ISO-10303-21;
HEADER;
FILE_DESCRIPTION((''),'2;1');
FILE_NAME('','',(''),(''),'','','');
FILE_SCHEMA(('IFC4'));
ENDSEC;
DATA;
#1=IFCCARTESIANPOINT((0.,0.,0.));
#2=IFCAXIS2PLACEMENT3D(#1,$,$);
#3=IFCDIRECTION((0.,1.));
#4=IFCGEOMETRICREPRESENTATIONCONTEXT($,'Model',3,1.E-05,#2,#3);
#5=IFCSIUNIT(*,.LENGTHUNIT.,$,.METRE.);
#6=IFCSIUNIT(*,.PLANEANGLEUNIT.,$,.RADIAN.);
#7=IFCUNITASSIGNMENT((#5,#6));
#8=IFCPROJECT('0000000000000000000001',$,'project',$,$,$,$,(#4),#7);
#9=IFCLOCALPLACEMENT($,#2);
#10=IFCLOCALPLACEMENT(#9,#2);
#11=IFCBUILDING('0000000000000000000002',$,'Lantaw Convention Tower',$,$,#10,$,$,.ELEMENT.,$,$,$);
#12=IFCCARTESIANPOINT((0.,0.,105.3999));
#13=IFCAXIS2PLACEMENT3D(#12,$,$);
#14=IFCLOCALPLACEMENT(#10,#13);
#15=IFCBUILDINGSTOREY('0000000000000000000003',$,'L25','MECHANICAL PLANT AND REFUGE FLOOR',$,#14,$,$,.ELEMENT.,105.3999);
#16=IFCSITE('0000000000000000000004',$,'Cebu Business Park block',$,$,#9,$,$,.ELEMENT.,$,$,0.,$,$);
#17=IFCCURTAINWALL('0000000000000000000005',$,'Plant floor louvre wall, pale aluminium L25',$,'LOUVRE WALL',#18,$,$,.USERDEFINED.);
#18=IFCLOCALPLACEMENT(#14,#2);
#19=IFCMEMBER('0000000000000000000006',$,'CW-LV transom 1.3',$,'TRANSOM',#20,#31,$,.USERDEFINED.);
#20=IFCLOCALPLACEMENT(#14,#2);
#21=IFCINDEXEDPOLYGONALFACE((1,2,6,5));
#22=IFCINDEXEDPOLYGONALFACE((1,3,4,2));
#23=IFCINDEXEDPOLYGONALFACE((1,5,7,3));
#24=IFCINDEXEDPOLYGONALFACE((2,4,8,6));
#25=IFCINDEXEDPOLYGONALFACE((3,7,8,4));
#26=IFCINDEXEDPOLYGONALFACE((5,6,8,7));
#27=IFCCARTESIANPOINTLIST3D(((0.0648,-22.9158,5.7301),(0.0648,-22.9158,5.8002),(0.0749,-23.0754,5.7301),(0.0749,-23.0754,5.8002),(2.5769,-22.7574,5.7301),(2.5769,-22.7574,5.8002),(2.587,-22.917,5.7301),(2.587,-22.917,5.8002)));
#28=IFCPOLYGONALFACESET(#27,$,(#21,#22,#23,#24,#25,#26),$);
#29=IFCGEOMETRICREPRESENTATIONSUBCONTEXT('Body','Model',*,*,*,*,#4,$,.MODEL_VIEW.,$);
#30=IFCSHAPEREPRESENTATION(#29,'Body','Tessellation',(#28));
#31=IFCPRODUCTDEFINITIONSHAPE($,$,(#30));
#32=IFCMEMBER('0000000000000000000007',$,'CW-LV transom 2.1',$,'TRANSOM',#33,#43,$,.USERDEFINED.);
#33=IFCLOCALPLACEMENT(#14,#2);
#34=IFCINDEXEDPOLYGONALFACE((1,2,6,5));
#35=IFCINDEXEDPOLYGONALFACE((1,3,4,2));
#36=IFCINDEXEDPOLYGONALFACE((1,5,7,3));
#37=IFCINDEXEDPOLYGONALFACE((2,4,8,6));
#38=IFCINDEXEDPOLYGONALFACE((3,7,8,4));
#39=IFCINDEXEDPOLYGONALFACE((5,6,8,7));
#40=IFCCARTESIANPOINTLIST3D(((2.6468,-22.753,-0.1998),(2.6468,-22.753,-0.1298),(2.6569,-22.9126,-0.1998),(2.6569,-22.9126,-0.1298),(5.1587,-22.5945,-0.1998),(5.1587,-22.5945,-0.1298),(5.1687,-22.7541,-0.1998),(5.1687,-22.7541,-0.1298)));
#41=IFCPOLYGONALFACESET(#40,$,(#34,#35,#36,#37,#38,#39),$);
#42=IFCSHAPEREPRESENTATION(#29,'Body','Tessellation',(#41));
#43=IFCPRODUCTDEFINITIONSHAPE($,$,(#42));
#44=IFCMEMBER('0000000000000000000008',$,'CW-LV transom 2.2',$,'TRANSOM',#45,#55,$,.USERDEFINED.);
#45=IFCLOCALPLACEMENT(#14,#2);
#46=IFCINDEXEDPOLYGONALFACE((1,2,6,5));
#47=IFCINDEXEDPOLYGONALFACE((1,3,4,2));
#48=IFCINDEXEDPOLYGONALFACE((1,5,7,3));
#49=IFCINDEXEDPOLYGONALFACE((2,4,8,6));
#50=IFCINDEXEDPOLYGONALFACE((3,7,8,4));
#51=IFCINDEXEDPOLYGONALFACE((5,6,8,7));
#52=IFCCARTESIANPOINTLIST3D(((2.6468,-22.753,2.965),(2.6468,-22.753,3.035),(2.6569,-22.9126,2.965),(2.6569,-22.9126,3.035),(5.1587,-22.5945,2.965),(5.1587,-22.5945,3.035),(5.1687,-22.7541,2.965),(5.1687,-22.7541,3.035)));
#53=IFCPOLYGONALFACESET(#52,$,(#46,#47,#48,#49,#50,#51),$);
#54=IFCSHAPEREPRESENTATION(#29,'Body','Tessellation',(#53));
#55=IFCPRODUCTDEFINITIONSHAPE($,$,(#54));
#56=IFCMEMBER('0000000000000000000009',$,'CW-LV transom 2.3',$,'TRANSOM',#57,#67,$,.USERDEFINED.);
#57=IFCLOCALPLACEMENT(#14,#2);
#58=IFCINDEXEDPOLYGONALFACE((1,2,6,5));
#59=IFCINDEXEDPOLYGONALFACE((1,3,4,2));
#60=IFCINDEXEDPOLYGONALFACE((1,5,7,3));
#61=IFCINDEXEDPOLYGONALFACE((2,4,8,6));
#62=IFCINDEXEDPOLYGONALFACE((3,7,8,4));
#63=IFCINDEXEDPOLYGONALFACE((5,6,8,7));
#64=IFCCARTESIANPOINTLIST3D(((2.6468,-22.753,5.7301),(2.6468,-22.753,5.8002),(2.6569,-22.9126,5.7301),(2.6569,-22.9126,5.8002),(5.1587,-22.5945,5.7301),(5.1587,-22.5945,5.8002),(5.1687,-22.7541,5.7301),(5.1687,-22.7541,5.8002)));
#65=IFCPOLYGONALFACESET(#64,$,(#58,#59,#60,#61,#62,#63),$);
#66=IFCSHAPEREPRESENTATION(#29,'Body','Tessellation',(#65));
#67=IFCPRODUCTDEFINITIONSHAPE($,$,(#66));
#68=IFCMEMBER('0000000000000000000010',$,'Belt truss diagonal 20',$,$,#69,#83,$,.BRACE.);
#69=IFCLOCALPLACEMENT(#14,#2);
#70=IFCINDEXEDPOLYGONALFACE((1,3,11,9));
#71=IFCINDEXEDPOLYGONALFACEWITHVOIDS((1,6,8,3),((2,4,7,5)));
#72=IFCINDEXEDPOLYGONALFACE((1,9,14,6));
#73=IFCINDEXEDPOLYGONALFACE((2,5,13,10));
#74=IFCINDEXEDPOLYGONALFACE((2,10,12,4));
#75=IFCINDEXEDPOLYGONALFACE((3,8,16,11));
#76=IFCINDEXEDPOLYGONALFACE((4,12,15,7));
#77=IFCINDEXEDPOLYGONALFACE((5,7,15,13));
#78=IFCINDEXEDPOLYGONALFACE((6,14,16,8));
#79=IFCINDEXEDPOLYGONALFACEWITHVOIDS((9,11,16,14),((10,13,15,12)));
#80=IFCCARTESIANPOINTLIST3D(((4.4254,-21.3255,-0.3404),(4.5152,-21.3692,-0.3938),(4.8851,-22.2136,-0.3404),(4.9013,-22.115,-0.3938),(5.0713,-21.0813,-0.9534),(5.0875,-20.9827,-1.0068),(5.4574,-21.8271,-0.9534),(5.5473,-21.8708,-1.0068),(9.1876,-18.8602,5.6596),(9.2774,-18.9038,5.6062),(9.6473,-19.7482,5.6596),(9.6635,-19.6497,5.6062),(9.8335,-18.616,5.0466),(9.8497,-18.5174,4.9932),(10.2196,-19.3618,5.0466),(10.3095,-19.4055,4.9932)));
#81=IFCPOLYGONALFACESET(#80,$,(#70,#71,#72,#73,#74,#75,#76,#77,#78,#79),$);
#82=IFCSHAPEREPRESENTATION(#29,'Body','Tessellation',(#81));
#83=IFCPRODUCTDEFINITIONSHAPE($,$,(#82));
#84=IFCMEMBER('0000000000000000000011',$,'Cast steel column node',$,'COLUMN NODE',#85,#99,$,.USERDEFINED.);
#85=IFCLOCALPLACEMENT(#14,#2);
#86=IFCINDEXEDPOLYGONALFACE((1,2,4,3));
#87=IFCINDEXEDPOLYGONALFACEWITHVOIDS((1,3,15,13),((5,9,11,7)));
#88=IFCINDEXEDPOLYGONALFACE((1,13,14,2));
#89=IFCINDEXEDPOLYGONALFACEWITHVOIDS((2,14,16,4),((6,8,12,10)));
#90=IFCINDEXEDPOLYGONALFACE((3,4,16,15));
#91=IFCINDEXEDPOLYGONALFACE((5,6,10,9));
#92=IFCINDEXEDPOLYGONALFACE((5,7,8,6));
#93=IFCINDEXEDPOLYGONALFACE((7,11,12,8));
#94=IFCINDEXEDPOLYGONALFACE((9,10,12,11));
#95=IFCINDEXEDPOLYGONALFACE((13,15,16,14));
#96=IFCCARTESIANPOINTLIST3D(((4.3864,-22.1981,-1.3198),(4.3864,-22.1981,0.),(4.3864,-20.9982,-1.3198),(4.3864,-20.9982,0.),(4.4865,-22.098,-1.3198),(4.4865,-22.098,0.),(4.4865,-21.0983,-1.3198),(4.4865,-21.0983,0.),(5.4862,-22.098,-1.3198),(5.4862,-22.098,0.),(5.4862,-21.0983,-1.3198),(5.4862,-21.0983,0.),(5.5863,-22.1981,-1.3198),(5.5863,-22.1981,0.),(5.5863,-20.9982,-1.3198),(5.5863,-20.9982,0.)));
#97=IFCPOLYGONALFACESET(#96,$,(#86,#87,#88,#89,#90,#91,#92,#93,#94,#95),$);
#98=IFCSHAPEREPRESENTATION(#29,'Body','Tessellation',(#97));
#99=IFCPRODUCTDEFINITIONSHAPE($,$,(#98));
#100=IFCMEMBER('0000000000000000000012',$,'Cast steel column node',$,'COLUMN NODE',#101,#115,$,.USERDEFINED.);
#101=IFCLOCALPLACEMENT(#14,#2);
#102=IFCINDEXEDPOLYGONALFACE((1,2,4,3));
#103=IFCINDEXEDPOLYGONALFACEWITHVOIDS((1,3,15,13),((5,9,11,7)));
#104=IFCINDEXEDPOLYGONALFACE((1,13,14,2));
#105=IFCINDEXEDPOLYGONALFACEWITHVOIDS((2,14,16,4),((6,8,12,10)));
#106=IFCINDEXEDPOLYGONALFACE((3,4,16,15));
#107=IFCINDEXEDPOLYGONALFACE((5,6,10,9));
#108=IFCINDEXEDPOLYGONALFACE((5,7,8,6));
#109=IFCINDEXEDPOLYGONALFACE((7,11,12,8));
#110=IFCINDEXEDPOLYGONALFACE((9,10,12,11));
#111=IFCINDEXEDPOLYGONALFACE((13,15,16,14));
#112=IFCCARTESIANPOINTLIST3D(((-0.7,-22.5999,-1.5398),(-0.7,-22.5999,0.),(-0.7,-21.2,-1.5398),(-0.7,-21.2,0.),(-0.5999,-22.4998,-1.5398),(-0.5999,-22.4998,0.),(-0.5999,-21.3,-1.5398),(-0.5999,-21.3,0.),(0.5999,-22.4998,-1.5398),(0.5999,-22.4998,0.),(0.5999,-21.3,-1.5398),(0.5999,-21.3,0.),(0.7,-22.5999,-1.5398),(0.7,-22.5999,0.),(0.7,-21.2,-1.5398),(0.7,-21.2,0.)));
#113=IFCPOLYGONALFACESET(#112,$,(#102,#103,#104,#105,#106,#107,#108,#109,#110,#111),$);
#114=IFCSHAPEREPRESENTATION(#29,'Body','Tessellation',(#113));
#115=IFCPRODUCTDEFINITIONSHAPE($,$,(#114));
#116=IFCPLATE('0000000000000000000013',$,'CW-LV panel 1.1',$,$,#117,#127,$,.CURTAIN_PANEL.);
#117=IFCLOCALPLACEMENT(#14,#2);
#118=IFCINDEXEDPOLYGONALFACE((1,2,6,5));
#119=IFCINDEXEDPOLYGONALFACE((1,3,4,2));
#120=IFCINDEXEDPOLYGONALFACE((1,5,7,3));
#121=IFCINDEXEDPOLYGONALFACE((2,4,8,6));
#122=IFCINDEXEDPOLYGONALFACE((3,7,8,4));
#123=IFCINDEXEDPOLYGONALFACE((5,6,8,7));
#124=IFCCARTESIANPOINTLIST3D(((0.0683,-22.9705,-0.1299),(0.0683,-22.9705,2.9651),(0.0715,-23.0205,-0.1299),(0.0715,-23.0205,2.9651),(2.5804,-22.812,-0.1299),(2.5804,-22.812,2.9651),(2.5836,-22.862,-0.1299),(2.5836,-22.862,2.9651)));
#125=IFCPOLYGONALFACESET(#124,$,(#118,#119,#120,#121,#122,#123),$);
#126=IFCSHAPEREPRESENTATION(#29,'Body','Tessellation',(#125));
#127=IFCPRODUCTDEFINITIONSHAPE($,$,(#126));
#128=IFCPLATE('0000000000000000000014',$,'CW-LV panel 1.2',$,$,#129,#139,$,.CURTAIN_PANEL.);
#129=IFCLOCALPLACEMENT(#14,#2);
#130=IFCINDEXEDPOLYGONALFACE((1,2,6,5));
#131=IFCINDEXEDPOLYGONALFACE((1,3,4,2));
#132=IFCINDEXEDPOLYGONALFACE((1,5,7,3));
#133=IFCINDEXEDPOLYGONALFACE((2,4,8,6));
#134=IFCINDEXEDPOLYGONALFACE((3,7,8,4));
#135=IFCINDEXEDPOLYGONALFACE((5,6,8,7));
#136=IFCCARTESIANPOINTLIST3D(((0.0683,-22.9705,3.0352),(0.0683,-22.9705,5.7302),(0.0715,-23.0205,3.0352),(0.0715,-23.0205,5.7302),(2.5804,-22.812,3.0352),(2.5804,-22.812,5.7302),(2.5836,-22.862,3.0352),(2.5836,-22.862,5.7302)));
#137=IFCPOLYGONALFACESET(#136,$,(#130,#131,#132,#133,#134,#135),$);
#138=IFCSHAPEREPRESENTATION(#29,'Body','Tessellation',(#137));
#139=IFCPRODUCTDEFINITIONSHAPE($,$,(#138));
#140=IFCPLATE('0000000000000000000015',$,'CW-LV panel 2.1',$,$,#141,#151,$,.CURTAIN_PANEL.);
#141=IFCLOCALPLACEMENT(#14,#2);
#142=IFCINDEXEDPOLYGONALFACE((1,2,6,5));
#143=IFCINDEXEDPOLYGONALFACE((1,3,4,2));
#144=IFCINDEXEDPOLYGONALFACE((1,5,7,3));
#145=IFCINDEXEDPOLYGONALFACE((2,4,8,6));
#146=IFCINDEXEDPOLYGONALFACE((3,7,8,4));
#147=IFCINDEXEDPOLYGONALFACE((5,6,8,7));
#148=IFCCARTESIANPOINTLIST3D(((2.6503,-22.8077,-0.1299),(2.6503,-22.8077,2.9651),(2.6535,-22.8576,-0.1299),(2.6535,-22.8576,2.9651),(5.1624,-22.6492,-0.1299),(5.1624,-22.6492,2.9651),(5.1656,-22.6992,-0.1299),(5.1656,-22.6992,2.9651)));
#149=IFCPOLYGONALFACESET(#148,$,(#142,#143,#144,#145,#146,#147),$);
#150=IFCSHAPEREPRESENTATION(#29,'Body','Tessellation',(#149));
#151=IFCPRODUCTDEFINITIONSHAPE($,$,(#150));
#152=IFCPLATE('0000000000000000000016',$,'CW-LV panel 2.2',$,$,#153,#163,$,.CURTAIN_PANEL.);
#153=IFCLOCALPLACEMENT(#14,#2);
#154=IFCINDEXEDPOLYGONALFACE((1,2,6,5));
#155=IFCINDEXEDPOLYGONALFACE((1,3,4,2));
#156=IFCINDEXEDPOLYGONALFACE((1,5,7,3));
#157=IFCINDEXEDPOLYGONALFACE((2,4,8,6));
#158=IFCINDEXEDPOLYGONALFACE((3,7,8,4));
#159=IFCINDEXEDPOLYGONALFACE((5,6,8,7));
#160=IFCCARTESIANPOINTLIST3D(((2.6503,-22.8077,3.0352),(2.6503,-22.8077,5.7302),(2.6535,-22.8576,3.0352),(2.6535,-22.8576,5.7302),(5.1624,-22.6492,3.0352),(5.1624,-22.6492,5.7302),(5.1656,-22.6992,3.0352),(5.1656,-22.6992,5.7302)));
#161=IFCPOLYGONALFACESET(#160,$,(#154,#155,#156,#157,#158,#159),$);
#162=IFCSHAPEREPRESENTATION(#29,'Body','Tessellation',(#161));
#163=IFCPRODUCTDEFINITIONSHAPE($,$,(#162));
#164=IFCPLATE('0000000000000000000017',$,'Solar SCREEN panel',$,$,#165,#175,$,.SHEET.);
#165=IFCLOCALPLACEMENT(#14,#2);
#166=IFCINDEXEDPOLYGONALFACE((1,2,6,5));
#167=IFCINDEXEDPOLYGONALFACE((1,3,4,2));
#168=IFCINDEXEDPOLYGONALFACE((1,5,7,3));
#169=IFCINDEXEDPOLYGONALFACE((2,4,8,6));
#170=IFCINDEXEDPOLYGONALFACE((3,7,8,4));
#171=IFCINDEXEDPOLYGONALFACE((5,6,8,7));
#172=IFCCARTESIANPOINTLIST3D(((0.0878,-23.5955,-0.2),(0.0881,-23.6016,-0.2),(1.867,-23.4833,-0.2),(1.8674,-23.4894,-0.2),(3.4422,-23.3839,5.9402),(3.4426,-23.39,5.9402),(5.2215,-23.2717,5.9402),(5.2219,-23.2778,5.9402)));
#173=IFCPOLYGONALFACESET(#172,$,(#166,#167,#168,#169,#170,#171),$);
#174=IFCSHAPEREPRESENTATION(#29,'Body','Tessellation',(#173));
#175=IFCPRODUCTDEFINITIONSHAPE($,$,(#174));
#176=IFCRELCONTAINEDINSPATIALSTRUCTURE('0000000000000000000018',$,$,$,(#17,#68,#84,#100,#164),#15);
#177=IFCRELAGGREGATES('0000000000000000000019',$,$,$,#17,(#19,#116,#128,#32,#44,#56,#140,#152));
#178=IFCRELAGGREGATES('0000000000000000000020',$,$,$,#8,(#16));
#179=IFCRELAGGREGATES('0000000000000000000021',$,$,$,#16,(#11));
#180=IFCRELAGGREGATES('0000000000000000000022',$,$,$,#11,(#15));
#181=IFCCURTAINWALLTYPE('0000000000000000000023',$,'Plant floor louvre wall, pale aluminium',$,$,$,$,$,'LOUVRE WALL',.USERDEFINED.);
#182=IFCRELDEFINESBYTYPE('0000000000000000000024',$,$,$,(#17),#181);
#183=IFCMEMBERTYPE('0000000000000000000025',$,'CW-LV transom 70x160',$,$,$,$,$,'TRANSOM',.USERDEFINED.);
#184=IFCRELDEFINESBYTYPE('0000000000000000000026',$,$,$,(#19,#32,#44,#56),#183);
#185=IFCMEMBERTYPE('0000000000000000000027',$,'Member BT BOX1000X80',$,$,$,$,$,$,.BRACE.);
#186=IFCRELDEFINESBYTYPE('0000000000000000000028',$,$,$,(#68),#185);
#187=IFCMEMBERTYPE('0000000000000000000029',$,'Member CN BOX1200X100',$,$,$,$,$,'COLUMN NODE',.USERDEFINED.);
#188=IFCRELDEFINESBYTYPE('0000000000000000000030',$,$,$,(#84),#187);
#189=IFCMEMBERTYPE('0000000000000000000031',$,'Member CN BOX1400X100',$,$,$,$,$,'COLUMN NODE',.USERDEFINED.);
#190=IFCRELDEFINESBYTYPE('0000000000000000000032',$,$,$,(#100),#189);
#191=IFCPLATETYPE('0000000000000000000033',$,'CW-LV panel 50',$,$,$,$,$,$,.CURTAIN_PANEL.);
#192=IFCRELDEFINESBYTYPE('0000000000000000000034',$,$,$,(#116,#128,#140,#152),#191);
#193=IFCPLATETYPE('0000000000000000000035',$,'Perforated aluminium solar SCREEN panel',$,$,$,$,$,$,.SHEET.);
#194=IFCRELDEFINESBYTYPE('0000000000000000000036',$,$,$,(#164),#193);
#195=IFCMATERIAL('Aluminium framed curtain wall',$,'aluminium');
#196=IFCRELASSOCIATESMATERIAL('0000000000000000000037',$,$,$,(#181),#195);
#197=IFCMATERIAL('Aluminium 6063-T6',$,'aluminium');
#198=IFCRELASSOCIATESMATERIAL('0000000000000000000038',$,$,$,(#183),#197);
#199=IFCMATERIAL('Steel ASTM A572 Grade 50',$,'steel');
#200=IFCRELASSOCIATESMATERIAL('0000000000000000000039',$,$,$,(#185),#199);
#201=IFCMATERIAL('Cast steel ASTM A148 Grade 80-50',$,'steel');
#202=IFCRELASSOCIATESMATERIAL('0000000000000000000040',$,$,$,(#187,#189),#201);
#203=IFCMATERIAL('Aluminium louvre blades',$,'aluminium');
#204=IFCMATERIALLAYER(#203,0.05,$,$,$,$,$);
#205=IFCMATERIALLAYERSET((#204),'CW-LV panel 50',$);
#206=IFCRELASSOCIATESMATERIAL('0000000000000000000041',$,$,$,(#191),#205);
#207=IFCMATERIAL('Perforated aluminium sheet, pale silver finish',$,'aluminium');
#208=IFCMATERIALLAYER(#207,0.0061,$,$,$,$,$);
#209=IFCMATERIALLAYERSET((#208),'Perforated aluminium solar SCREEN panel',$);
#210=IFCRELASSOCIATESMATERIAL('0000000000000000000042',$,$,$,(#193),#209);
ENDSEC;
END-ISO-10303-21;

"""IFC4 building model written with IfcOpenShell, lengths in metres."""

from ifc_helpers import new_model, si_unit, direction, frame, origin, origin_2d, place, context, subcontext, project, spatial, polyline, rectangle, hollow_rectangle, outline, extrude, material, layer, layer_set, material_profile, profile_set, type_object, element, aggregate, save


model = new_model("IFC4")

# Units and contexts
model_context = context("Model", 3, precision=1e-05, world=origin(), true_north=direction((0.0, 1.0)))
body_context = subcontext(model_context, "Body", "Model", "MODEL_VIEW")
ifc_project = project(units=[si_unit("LENGTHUNIT", "METRE"), si_unit("PLANEANGLEUNIT", "RADIAN")], contexts=[model_context])

# Site, building, storey
site_placement = place(None, origin())
site = spatial("IfcSite", under=ifc_project, at=site_placement, Name="Cebu Business Park block", CompositionType="ELEMENT", RefElevation=0.0)
building_placement = place(site_placement, origin())
building = spatial("IfcBuilding", under=site, at=building_placement, Name="Lantaw Convention Tower", CompositionType="ELEMENT")
storey_placement = place(building_placement, frame((0.0, 0.0, 105.3999)))
storey = spatial("IfcBuildingStorey", under=building, at=storey_placement, Name="L25", Description="MECHANICAL PLANT AND REFUGE FLOOR", CompositionType="ELEMENT", Elevation=105.3999)

# Curtain wall, members
ifc_material_1 = material(Name="Aluminium framed curtain wall", Category="aluminium")
curtain_wall_type = type_object("IfcCurtainWallType", Name="Plant floor louvre wall, pale aluminium", ElementType="LOUVRE WALL", PredefinedType="USERDEFINED", material=ifc_material_1)
curtain_wall_placement = place(storey_placement, origin())
curtain_wall = element("IfcCurtainWall", 1, at=curtain_wall_placement, inside=storey, type_object=curtain_wall_type, Name="Plant floor louvre wall, pale aluminium L25", ObjectType="LOUVRE WALL", PredefinedType="USERDEFINED")
ifc_material_2 = material(Name="Aluminium 6063-T6", Category="aluminium")
ifc_material_profile_1 = material_profile(ifc_material_2, rectangle(XDim=0.1599, YDim=0.0701, at=origin_2d()), Name="CW-LV transom 70x160")
ifc_profile_set_1 = profile_set([ifc_material_profile_1], Name="Aluminium 6063-T6")
member_type_1 = type_object("IfcMemberType", Name="CW-LV transom 70x160", ElementType="TRANSOM", PredefinedType="USERDEFINED", material=ifc_profile_set_1)
member_1_placement = place(storey_placement, frame((0.0698, -22.9956, 5.7651), z_axis=(0.998017, 0.062946, 0.0), x_axis=(-0.062946, 0.998017, 0.0)))
member_1 = element("IfcMember", 2, at=member_1_placement, type_object=member_type_1, Name="CW-LV transom 1.3", ObjectType="TRANSOM", PredefinedType="USERDEFINED", context=body_context, shape_type="SweptSolid", body=[
    extrude(rectangle(XDim=0.1599, YDim=0.0701, at=origin_2d()), origin(), (0.0, 0.0, 1.0), 2.5171),
])
member_2_placement = place(storey_placement, frame((2.6519, -22.8328, -0.1648), z_axis=(0.998017, 0.062952, 0.0), x_axis=(-0.062952, 0.998017, 0.0)))
member_2 = element("IfcMember", 3, at=member_2_placement, type_object=member_type_1, Name="CW-LV transom 2.1", ObjectType="TRANSOM", PredefinedType="USERDEFINED", context=body_context, shape_type="SweptSolid", body=[
    extrude(rectangle(XDim=0.1599, YDim=0.0701, at=origin_2d()), origin(), (0.0, 0.0, 1.0), 2.5168),
])
member_3_placement = place(storey_placement, frame((2.6519, -22.8328, 3.0), z_axis=(0.998017, 0.062952, 0.0), x_axis=(-0.062952, 0.998017, 0.0)))
member_3 = element("IfcMember", 4, at=member_3_placement, type_object=member_type_1, Name="CW-LV transom 2.2", ObjectType="TRANSOM", PredefinedType="USERDEFINED", context=body_context, shape_type="SweptSolid", body=[
    extrude(rectangle(XDim=0.1599, YDim=0.0701, at=origin_2d()), origin(), (0.0, 0.0, 1.0), 2.5168),
])
member_4_placement = place(storey_placement, frame((2.6519, -22.8328, 5.7651), z_axis=(0.998017, 0.062952, 0.0), x_axis=(-0.062952, 0.998017, 0.0)))
member_4 = element("IfcMember", 5, at=member_4_placement, type_object=member_type_1, Name="CW-LV transom 2.3", ObjectType="TRANSOM", PredefinedType="USERDEFINED", context=body_context, shape_type="SweptSolid", body=[
    extrude(rectangle(XDim=0.1599, YDim=0.0701, at=origin_2d()), origin(), (0.0, 0.0, 1.0), 2.5168),
])

# Members
ifc_material_3 = material(Name="Steel ASTM A572 Grade 50", Category="steel")
ifc_material_profile_2 = material_profile(ifc_material_3, hollow_rectangle(XDim=1.0, YDim=1.0, WallThickness=0.0801, at=origin_2d()), Name="BOX1000X80")
ifc_profile_set_2 = profile_set([ifc_material_profile_2], Name="Steel ASTM A572 Grade 50")
member_type_2 = type_object("IfcMemberType", Name="Member BT BOX1000X80", PredefinedType="BRACE", material=ifc_profile_set_2)
member_5_placement = place(storey_placement, frame((4.9863, -21.5981, -0.6736), z_axis=(0.591789, 0.306361, 0.745606), x_axis=(-0.459735, 0.888056, 0.0)))
element("IfcMember", 6, at=member_5_placement, inside=storey, type_object=member_type_2, Name="Belt truss diagonal 20", PredefinedType="BRACE", context=body_context, shape_type="SweptSolid", body=[
    extrude(hollow_rectangle(XDim=1.0, YDim=1.0, WallThickness=0.0801, at=origin_2d()), origin(), (0.0, 0.0, 1.0), 8.0471),
])
ifc_material_4 = material(Name="Cast steel ASTM A148 Grade 80-50", Category="steel")
ifc_material_profile_3 = material_profile(ifc_material_4, hollow_rectangle(XDim=1.2, YDim=1.2, WallThickness=0.1001, at=origin_2d()), Name="BOX1200X100")
ifc_profile_set_3 = profile_set([ifc_material_profile_3], Name="Cast steel ASTM A148 Grade 80-50")
member_type_3 = type_object("IfcMemberType", Name="Member CN BOX1200X100", ElementType="COLUMN NODE", PredefinedType="USERDEFINED", material=ifc_profile_set_3)
member_6_placement = place(storey_placement, frame((4.9863, -21.5981, -1.3198), z_axis=(0.0, 0.0, 1.0), x_axis=(1.0, 0.0, 0.0)))
element("IfcMember", 7, at=member_6_placement, inside=storey, type_object=member_type_3, Name="Cast steel column node", ObjectType="COLUMN NODE", PredefinedType="USERDEFINED", context=body_context, shape_type="SweptSolid", body=[
    extrude(hollow_rectangle(XDim=1.2, YDim=1.2, WallThickness=0.1001, at=origin_2d()), origin(), (0.0, 0.0, 1.0), 1.3198),
])
ifc_material_profile_4 = material_profile(ifc_material_4, hollow_rectangle(XDim=1.3999, YDim=1.3999, WallThickness=0.1001, at=origin_2d()), Name="BOX1400X100")
ifc_profile_set_4 = profile_set([ifc_material_profile_4], Name="Cast steel ASTM A148 Grade 80-50")
member_type_4 = type_object("IfcMemberType", Name="Member CN BOX1400X100", ElementType="COLUMN NODE", PredefinedType="USERDEFINED", material=ifc_profile_set_4)
member_7_placement = place(storey_placement, frame((0.0, -21.8999, -1.5398), z_axis=(0.0, 0.0, 1.0), x_axis=(1.0, 0.0, 0.0)))
element("IfcMember", 8, at=member_7_placement, inside=storey, type_object=member_type_4, Name="Cast steel column node", ObjectType="COLUMN NODE", PredefinedType="USERDEFINED", context=body_context, shape_type="SweptSolid", body=[
    extrude(hollow_rectangle(XDim=1.3999, YDim=1.3999, WallThickness=0.1001, at=origin_2d()), origin(), (0.0, 0.0, 1.0), 1.5398),
])

# Plates
ifc_material_5 = material(Name="Aluminium louvre blades", Category="aluminium")
ifc_layer_1 = layer(ifc_material_5, 0.05)
ifc_layer_set_1 = layer_set([ifc_layer_1], Name="CW-LV panel 50")
plate_type_1 = type_object("IfcPlateType", Name="CW-LV panel 50", PredefinedType="CURTAIN_PANEL", material=ifc_layer_set_1)
plate_1_placement = place(storey_placement, frame((1.3259, -22.9163, -0.1299), z_axis=(0.0, 0.0, 1.0), x_axis=(0.998016, 0.062958, 0.0)))
plate_1 = element("IfcPlate", 9, at=plate_1_placement, type_object=plate_type_1, Name="CW-LV panel 1.1", PredefinedType="CURTAIN_PANEL", context=body_context, shape_type="SweptSolid", body=[
    extrude(rectangle(XDim=2.5171, YDim=0.05, at=origin_2d()), origin(), (0.0, 0.0, 1.0), 3.095),
])
plate_2_placement = place(storey_placement, frame((1.3259, -22.9163, 3.0352), z_axis=(0.0, 0.0, 1.0), x_axis=(0.998016, 0.062958, 0.0)))
plate_2 = element("IfcPlate", 10, at=plate_2_placement, type_object=plate_type_1, Name="CW-LV panel 1.2", PredefinedType="CURTAIN_PANEL", context=body_context, shape_type="SweptSolid", body=[
    extrude(rectangle(XDim=2.5171, YDim=0.05, at=origin_2d()), origin(), (0.0, 0.0, 1.0), 2.6951),
])
plate_3_placement = place(storey_placement, frame((3.908, -22.7534, -0.1299), z_axis=(0.0, 0.0, 1.0), x_axis=(0.998016, 0.062958, 0.0)))
plate_3 = element("IfcPlate", 11, at=plate_3_placement, type_object=plate_type_1, Name="CW-LV panel 2.1", PredefinedType="CURTAIN_PANEL", context=body_context, shape_type="SweptSolid", body=[
    extrude(rectangle(XDim=2.5171, YDim=0.05, at=origin_2d()), origin(), (0.0, 0.0, 1.0), 3.095),
])
plate_4_placement = place(storey_placement, frame((3.908, -22.7534, 3.0352), z_axis=(0.0, 0.0, 1.0), x_axis=(0.998016, 0.062958, 0.0)))
plate_4 = element("IfcPlate", 12, at=plate_4_placement, type_object=plate_type_1, Name="CW-LV panel 2.2", PredefinedType="CURTAIN_PANEL", context=body_context, shape_type="SweptSolid", body=[
    extrude(rectangle(XDim=2.5171, YDim=0.05, at=origin_2d()), origin(), (0.0, 0.0, 1.0), 2.6951),
])
aggregate(curtain_wall, [member_1, plate_1, plate_2, member_2, member_3, member_4, plate_3, plate_4])
ifc_material_6 = material(Name="Perforated aluminium sheet, pale silver finish", Category="aluminium")
ifc_layer_2 = layer(ifc_material_6, 0.0061)
ifc_layer_set_2 = layer_set([ifc_layer_2], Name="Perforated aluminium solar SCREEN panel")
plate_type_2 = type_object("IfcPlateType", Name="Perforated aluminium solar SCREEN panel", PredefinedType="SHEET", material=ifc_layer_set_2)
plate_5_placement = place(storey_placement, frame((0.0881, -23.6016, -0.2), z_axis=(0.062924, -0.998018, 0.000008), x_axis=(0.998018, 0.062924, 0.0)))
element("IfcPlate", 13, at=plate_5_placement, inside=storey, type_object=plate_type_2, Name="Solar SCREEN panel", PredefinedType="SHEET", context=body_context, shape_type="SweptSolid", body=[
    extrude(outline(polyline([(0.0, 0.0), (1.7828, 0.0), (5.144, 6.1401), (3.3611, 6.1401), (0.0, 0.0)])), origin(), (0.0, 0.0, -1.0), 0.0061),
])

save(model, "model.ifc")
